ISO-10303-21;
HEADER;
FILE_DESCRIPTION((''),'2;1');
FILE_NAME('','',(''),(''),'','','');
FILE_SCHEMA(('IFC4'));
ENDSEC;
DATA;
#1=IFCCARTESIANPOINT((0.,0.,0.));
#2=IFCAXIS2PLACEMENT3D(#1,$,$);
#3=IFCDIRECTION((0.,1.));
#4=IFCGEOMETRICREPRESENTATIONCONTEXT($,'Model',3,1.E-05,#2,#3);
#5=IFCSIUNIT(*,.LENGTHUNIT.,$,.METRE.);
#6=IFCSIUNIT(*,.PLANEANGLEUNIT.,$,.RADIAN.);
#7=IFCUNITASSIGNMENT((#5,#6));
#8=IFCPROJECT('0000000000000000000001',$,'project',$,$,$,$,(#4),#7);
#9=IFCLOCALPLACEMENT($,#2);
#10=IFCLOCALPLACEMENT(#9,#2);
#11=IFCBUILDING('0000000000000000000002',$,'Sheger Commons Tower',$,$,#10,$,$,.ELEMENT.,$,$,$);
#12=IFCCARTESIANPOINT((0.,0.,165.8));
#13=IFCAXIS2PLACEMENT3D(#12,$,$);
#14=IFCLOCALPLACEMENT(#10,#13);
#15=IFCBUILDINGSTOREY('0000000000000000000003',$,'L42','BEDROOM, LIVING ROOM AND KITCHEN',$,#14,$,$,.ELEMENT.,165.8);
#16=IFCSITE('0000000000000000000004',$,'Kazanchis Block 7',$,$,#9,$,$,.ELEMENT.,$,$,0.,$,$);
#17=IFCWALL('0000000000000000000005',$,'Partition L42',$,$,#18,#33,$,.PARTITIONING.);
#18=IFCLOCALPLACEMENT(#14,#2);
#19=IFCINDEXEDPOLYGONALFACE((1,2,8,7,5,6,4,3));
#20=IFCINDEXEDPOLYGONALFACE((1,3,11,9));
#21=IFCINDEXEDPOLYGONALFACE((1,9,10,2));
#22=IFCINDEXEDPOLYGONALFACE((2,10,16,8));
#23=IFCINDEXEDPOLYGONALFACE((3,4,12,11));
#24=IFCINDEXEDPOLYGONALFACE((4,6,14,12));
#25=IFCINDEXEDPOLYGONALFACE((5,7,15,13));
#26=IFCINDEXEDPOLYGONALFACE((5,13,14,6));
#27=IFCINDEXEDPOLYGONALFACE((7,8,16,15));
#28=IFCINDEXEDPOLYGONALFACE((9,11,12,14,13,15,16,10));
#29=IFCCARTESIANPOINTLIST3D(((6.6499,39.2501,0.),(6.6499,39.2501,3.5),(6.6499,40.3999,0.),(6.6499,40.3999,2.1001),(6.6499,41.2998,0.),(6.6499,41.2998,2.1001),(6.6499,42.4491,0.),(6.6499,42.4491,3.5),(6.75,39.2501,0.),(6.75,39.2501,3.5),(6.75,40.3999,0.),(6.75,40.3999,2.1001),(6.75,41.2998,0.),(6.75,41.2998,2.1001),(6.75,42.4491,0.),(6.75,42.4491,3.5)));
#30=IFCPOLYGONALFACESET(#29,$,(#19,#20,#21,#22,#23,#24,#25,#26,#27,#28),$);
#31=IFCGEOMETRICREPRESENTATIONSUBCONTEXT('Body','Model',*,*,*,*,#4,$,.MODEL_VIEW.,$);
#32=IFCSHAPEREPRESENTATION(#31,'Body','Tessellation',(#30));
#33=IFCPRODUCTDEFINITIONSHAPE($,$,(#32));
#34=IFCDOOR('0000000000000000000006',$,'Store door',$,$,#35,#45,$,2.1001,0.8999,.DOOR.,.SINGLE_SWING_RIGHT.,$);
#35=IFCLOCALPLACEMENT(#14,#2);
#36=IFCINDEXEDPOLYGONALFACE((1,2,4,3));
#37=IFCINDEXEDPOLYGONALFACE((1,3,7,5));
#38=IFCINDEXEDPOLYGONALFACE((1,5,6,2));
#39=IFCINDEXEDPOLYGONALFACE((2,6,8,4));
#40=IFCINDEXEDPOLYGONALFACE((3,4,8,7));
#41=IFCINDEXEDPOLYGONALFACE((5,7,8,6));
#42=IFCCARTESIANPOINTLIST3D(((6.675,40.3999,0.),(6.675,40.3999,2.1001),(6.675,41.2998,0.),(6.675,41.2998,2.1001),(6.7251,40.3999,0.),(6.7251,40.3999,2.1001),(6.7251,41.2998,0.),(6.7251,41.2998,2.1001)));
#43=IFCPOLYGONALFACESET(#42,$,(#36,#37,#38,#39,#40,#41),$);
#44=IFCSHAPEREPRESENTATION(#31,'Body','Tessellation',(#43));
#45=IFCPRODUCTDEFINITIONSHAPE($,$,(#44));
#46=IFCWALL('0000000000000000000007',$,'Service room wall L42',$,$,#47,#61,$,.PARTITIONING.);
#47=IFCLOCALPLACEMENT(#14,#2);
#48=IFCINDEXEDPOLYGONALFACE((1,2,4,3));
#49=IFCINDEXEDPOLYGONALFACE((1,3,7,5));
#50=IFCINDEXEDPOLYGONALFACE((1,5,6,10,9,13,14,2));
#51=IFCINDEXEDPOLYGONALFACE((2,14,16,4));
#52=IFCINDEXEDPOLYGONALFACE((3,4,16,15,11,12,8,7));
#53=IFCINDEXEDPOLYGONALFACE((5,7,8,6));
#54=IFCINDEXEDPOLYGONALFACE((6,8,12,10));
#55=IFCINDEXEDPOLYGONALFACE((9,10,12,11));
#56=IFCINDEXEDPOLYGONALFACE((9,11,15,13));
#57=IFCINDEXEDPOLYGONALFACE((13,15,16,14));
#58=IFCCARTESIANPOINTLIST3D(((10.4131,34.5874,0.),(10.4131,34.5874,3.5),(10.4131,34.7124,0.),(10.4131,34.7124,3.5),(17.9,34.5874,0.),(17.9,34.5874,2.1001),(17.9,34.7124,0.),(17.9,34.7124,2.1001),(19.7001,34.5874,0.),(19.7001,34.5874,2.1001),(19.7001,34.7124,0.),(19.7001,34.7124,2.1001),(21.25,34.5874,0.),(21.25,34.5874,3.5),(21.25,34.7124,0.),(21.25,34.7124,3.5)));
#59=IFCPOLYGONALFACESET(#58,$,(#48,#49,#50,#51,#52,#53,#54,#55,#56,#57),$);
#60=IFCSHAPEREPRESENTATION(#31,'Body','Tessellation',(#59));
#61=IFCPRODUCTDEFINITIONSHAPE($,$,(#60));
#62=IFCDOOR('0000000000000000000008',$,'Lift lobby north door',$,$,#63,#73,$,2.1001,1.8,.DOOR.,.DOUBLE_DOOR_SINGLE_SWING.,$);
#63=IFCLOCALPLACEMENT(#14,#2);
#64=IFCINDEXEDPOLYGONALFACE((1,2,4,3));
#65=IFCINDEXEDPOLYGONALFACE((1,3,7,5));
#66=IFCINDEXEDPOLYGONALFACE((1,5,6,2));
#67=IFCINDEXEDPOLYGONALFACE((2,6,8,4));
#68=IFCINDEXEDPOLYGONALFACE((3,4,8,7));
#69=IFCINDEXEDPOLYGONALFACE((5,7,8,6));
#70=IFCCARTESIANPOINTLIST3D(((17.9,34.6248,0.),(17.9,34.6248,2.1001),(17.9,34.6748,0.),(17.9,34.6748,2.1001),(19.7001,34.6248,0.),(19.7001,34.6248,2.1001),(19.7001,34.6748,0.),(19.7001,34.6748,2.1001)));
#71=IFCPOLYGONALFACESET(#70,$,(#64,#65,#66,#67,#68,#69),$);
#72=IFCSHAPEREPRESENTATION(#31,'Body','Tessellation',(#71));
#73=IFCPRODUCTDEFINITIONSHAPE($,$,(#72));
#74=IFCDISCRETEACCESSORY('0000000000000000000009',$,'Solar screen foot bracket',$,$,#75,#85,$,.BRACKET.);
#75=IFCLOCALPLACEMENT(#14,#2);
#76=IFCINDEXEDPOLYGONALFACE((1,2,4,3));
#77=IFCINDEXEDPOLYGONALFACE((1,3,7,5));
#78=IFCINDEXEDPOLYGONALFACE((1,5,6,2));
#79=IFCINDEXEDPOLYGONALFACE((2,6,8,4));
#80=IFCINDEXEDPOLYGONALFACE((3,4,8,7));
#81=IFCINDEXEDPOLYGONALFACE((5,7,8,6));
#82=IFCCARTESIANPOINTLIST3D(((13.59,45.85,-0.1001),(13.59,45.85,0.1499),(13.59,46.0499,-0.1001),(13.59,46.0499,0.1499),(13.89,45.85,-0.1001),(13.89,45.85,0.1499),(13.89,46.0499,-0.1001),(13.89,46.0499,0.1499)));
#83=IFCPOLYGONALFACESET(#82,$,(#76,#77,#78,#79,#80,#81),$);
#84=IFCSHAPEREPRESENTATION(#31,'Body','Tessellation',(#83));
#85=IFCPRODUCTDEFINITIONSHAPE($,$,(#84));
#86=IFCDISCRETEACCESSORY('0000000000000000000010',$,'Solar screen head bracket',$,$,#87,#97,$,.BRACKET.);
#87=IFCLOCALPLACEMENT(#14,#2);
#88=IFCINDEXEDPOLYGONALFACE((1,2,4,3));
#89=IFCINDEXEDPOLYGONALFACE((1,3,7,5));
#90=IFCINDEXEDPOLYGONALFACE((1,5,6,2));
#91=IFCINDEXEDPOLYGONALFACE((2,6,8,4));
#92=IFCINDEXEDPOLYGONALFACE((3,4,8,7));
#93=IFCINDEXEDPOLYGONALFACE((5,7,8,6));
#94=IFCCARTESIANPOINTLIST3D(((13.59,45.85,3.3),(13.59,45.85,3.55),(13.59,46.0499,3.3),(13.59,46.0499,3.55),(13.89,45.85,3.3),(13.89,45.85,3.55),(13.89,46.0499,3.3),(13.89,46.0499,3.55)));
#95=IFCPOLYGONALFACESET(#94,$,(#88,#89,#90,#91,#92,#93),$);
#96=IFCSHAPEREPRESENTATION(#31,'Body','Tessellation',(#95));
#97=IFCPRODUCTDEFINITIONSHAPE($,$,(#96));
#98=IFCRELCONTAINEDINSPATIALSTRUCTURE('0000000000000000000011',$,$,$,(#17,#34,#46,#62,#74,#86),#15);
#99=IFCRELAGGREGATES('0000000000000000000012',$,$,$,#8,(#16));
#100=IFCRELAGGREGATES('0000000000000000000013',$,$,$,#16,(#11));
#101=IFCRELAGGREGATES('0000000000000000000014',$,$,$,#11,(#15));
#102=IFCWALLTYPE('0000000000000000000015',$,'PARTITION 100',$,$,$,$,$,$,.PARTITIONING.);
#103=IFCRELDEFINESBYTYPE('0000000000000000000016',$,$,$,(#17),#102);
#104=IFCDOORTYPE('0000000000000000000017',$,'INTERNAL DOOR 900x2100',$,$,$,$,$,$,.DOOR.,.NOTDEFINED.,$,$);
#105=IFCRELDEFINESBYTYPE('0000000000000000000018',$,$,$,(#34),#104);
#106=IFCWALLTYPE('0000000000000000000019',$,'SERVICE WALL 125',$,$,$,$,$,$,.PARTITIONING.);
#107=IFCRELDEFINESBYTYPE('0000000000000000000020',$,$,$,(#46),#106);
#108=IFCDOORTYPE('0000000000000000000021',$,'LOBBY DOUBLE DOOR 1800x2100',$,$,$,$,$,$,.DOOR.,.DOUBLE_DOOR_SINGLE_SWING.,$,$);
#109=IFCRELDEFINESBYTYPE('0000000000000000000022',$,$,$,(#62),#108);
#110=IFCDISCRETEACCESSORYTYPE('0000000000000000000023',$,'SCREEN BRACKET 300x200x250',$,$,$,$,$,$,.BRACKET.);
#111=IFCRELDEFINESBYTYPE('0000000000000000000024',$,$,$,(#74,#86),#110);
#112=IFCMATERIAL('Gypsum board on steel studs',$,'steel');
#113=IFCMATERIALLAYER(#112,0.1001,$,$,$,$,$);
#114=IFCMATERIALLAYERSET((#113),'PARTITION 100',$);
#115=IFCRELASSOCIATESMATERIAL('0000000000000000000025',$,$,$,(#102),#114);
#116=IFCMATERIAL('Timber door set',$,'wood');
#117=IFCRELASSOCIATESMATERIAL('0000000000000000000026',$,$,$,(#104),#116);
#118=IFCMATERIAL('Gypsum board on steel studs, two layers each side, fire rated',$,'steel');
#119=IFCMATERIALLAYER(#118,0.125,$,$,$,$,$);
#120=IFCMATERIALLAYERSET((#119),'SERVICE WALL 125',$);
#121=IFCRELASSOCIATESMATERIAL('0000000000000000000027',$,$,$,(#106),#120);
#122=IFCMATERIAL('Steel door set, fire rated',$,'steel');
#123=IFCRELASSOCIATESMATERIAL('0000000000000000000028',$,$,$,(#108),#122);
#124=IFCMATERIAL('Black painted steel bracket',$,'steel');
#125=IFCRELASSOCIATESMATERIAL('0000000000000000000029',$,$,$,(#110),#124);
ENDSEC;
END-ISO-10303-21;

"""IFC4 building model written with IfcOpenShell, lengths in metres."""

from ifc_helpers import new_model, si_unit, direction, frame, frame_2d, origin, origin_2d, place, context, subcontext, project, spatial, rectangle, extrude, material, layer, layer_set, type_object, element, fill, save


model = new_model("IFC4")

# Units and contexts
model_context = context("Model", 3, precision=1e-05, world=origin(), true_north=direction((0.0, 1.0)))
body_context = subcontext(model_context, "Body", "Model", "MODEL_VIEW")
ifc_project = project(units=[si_unit("LENGTHUNIT", "METRE"), si_unit("PLANEANGLEUNIT", "RADIAN")], contexts=[model_context])

# Site, building, storey
site_placement = place(None, origin())
site = spatial("IfcSite", under=ifc_project, at=site_placement, Name="Kazanchis Block 7", CompositionType="ELEMENT", RefElevation=0.0)
building_placement = place(site_placement, origin())
building = spatial("IfcBuilding", under=site, at=building_placement, Name="Sheger Commons Tower", CompositionType="ELEMENT")
storey_placement = place(building_placement, frame((0.0, 0.0, 165.8)))
storey = spatial("IfcBuildingStorey", under=building, at=storey_placement, Name="L42", Description="BEDROOM, LIVING ROOM AND KITCHEN", CompositionType="ELEMENT", Elevation=165.8)

# Shared definitions
ifc_material_1 = material(Name="Gypsum board on steel studs", Category="steel")
ifc_layer_1 = layer(ifc_material_1, 0.1001)
ifc_layer_set_1 = layer_set([ifc_layer_1], Name="PARTITION 100")
wall_type_1 = type_object("IfcWallType", Name="PARTITION 100", PredefinedType="PARTITIONING", material=ifc_layer_set_1)

# Walls, openings, doors
wall_1_placement = place(storey_placement, frame((6.7, 39.25, 0.0), z_axis=(0.0, 0.0, 1.0), x_axis=(0.0, 1.0, 0.0)))
wall_1 = element("IfcWall", 1, at=wall_1_placement, inside=storey, type_object=wall_type_1, Name="Partition L42", PredefinedType="PARTITIONING", context=body_context, shape_type="SweptSolid", body=[
    extrude(rectangle(XDim=3.199, YDim=0.1001, at=frame_2d((1.5996, 0.0))), origin(), (0.0, 0.0, 1.0), 3.5),
])
opening_1_placement = place(wall_1_placement, frame((1.1499, 0.0, 0.0)))
opening_1 = element("IfcOpeningElement", 2, at=opening_1_placement, cuts=wall_1, PredefinedType="OPENING", context=body_context, shape_type="SweptSolid", body=[
    extrude(rectangle(XDim=0.8999, YDim=2.1001, at=frame_2d((0.45, 1.05))), frame((0.0, 0.0601, 0.0), z_axis=(0.0, -1.0, 0.0), x_axis=(1.0, 0.0, 0.0)), (0.0, 0.0, 1.0), 0.1201),
])
ifc_material_2 = material(Name="Timber door set", Category="wood")
door_type_1 = type_object("IfcDoorType", Name="INTERNAL DOOR 900x2100", OperationType="NOTDEFINED", PredefinedType="DOOR", material=ifc_material_2)
door_1_placement = place(opening_1_placement, origin())
door_1 = element("IfcDoor", 3, at=door_1_placement, inside=storey, type_object=door_type_1, Name="Store door", OperationType="SINGLE_SWING_RIGHT", OverallHeight=2.1001, OverallWidth=0.8999, PredefinedType="DOOR", context=body_context, shape_type="SweptSolid", body=[
    extrude(rectangle(XDim=0.8999, YDim=2.1001, at=frame_2d((0.45, 1.05))), frame((0.0, 0.0249, 0.0), z_axis=(0.0, -1.0, 0.0), x_axis=(1.0, 0.0, 0.0)), (0.0, 0.0, 1.0), 0.05),
])
fill(opening_1, door_1)
ifc_material_3 = material(Name="Gypsum board on steel studs, two layers each side, fire rated", Category="steel")
ifc_layer_2 = layer(ifc_material_3, 0.125)
ifc_layer_set_2 = layer_set([ifc_layer_2], Name="SERVICE WALL 125")
wall_type_2 = type_object("IfcWallType", Name="SERVICE WALL 125", PredefinedType="PARTITIONING", material=ifc_layer_set_2)
wall_2_placement = place(storey_placement, frame((10.4131, 34.6499, 0.0), z_axis=(0.0, 0.0, 1.0), x_axis=(1.0, 0.0, 0.0)))
wall_2 = element("IfcWall", 4, at=wall_2_placement, inside=storey, type_object=wall_type_2, Name="Service room wall L42", PredefinedType="PARTITIONING", context=body_context, shape_type="SweptSolid", body=[
    extrude(rectangle(XDim=10.8369, YDim=0.125, at=frame_2d((5.4185, 0.0))), origin(), (0.0, 0.0, 1.0), 3.5),
])
opening_2_placement = place(wall_2_placement, frame((7.4871, 0.0, 0.0)))
opening_2 = element("IfcOpeningElement", 5, at=opening_2_placement, cuts=wall_2, PredefinedType="OPENING", context=body_context, shape_type="SweptSolid", body=[
    extrude(rectangle(XDim=1.8, YDim=2.1001, at=frame_2d((0.8999, 1.05))), frame((0.0, 0.0725, 0.0), z_axis=(0.0, -1.0, 0.0), x_axis=(1.0, 0.0, 0.0)), (0.0, 0.0, 1.0), 0.145),
])
ifc_material_4 = material(Name="Steel door set, fire rated", Category="steel")
door_type_2 = type_object("IfcDoorType", Name="LOBBY DOUBLE DOOR 1800x2100", OperationType="DOUBLE_DOOR_SINGLE_SWING", PredefinedType="DOOR", material=ifc_material_4)
door_2_placement = place(opening_2_placement, origin())
door_2 = element("IfcDoor", 6, at=door_2_placement, inside=storey, type_object=door_type_2, Name="Lift lobby north door", OperationType="DOUBLE_DOOR_SINGLE_SWING", OverallHeight=2.1001, OverallWidth=1.8, PredefinedType="DOOR", context=body_context, shape_type="SweptSolid", body=[
    extrude(rectangle(XDim=1.8, YDim=2.1001, at=frame_2d((0.8999, 1.05))), frame((0.0, 0.0249, 0.0), z_axis=(0.0, -1.0, 0.0), x_axis=(1.0, 0.0, 0.0)), (0.0, 0.0, 1.0), 0.05),
])
fill(opening_2, door_2)

# Discrete accessories
ifc_material_5 = material(Name="Black painted steel bracket", Category="steel")
discrete_accessory_type = type_object("IfcDiscreteAccessoryType", Name="SCREEN BRACKET 300x200x250", PredefinedType="BRACKET", material=ifc_material_5)
for number, where, z_axis, x_axis, name in (
    (7, (13.74, 45.95, -0.1001), (0.0, 0.0, 1.0), (-1.0, 0.0, 0.0), "Solar screen foot bracket"),
    (8, (13.74, 45.95, 3.3), (0.0, 0.0, 1.0), (-1.0, 0.0, 0.0), "Solar screen head bracket"),
):
    element("IfcDiscreteAccessory", number, at=place(storey_placement, frame(where, z_axis=z_axis, x_axis=x_axis)), inside=storey, type_object=discrete_accessory_type, Name=name, PredefinedType="BRACKET", context=body_context, shape_type="SweptSolid", body=[
        extrude(rectangle(XDim=0.3, YDim=0.2, at=origin_2d()), origin(), (0.0, 0.0, 1.0), 0.25),
    ])

save(model, "model.ifc")
